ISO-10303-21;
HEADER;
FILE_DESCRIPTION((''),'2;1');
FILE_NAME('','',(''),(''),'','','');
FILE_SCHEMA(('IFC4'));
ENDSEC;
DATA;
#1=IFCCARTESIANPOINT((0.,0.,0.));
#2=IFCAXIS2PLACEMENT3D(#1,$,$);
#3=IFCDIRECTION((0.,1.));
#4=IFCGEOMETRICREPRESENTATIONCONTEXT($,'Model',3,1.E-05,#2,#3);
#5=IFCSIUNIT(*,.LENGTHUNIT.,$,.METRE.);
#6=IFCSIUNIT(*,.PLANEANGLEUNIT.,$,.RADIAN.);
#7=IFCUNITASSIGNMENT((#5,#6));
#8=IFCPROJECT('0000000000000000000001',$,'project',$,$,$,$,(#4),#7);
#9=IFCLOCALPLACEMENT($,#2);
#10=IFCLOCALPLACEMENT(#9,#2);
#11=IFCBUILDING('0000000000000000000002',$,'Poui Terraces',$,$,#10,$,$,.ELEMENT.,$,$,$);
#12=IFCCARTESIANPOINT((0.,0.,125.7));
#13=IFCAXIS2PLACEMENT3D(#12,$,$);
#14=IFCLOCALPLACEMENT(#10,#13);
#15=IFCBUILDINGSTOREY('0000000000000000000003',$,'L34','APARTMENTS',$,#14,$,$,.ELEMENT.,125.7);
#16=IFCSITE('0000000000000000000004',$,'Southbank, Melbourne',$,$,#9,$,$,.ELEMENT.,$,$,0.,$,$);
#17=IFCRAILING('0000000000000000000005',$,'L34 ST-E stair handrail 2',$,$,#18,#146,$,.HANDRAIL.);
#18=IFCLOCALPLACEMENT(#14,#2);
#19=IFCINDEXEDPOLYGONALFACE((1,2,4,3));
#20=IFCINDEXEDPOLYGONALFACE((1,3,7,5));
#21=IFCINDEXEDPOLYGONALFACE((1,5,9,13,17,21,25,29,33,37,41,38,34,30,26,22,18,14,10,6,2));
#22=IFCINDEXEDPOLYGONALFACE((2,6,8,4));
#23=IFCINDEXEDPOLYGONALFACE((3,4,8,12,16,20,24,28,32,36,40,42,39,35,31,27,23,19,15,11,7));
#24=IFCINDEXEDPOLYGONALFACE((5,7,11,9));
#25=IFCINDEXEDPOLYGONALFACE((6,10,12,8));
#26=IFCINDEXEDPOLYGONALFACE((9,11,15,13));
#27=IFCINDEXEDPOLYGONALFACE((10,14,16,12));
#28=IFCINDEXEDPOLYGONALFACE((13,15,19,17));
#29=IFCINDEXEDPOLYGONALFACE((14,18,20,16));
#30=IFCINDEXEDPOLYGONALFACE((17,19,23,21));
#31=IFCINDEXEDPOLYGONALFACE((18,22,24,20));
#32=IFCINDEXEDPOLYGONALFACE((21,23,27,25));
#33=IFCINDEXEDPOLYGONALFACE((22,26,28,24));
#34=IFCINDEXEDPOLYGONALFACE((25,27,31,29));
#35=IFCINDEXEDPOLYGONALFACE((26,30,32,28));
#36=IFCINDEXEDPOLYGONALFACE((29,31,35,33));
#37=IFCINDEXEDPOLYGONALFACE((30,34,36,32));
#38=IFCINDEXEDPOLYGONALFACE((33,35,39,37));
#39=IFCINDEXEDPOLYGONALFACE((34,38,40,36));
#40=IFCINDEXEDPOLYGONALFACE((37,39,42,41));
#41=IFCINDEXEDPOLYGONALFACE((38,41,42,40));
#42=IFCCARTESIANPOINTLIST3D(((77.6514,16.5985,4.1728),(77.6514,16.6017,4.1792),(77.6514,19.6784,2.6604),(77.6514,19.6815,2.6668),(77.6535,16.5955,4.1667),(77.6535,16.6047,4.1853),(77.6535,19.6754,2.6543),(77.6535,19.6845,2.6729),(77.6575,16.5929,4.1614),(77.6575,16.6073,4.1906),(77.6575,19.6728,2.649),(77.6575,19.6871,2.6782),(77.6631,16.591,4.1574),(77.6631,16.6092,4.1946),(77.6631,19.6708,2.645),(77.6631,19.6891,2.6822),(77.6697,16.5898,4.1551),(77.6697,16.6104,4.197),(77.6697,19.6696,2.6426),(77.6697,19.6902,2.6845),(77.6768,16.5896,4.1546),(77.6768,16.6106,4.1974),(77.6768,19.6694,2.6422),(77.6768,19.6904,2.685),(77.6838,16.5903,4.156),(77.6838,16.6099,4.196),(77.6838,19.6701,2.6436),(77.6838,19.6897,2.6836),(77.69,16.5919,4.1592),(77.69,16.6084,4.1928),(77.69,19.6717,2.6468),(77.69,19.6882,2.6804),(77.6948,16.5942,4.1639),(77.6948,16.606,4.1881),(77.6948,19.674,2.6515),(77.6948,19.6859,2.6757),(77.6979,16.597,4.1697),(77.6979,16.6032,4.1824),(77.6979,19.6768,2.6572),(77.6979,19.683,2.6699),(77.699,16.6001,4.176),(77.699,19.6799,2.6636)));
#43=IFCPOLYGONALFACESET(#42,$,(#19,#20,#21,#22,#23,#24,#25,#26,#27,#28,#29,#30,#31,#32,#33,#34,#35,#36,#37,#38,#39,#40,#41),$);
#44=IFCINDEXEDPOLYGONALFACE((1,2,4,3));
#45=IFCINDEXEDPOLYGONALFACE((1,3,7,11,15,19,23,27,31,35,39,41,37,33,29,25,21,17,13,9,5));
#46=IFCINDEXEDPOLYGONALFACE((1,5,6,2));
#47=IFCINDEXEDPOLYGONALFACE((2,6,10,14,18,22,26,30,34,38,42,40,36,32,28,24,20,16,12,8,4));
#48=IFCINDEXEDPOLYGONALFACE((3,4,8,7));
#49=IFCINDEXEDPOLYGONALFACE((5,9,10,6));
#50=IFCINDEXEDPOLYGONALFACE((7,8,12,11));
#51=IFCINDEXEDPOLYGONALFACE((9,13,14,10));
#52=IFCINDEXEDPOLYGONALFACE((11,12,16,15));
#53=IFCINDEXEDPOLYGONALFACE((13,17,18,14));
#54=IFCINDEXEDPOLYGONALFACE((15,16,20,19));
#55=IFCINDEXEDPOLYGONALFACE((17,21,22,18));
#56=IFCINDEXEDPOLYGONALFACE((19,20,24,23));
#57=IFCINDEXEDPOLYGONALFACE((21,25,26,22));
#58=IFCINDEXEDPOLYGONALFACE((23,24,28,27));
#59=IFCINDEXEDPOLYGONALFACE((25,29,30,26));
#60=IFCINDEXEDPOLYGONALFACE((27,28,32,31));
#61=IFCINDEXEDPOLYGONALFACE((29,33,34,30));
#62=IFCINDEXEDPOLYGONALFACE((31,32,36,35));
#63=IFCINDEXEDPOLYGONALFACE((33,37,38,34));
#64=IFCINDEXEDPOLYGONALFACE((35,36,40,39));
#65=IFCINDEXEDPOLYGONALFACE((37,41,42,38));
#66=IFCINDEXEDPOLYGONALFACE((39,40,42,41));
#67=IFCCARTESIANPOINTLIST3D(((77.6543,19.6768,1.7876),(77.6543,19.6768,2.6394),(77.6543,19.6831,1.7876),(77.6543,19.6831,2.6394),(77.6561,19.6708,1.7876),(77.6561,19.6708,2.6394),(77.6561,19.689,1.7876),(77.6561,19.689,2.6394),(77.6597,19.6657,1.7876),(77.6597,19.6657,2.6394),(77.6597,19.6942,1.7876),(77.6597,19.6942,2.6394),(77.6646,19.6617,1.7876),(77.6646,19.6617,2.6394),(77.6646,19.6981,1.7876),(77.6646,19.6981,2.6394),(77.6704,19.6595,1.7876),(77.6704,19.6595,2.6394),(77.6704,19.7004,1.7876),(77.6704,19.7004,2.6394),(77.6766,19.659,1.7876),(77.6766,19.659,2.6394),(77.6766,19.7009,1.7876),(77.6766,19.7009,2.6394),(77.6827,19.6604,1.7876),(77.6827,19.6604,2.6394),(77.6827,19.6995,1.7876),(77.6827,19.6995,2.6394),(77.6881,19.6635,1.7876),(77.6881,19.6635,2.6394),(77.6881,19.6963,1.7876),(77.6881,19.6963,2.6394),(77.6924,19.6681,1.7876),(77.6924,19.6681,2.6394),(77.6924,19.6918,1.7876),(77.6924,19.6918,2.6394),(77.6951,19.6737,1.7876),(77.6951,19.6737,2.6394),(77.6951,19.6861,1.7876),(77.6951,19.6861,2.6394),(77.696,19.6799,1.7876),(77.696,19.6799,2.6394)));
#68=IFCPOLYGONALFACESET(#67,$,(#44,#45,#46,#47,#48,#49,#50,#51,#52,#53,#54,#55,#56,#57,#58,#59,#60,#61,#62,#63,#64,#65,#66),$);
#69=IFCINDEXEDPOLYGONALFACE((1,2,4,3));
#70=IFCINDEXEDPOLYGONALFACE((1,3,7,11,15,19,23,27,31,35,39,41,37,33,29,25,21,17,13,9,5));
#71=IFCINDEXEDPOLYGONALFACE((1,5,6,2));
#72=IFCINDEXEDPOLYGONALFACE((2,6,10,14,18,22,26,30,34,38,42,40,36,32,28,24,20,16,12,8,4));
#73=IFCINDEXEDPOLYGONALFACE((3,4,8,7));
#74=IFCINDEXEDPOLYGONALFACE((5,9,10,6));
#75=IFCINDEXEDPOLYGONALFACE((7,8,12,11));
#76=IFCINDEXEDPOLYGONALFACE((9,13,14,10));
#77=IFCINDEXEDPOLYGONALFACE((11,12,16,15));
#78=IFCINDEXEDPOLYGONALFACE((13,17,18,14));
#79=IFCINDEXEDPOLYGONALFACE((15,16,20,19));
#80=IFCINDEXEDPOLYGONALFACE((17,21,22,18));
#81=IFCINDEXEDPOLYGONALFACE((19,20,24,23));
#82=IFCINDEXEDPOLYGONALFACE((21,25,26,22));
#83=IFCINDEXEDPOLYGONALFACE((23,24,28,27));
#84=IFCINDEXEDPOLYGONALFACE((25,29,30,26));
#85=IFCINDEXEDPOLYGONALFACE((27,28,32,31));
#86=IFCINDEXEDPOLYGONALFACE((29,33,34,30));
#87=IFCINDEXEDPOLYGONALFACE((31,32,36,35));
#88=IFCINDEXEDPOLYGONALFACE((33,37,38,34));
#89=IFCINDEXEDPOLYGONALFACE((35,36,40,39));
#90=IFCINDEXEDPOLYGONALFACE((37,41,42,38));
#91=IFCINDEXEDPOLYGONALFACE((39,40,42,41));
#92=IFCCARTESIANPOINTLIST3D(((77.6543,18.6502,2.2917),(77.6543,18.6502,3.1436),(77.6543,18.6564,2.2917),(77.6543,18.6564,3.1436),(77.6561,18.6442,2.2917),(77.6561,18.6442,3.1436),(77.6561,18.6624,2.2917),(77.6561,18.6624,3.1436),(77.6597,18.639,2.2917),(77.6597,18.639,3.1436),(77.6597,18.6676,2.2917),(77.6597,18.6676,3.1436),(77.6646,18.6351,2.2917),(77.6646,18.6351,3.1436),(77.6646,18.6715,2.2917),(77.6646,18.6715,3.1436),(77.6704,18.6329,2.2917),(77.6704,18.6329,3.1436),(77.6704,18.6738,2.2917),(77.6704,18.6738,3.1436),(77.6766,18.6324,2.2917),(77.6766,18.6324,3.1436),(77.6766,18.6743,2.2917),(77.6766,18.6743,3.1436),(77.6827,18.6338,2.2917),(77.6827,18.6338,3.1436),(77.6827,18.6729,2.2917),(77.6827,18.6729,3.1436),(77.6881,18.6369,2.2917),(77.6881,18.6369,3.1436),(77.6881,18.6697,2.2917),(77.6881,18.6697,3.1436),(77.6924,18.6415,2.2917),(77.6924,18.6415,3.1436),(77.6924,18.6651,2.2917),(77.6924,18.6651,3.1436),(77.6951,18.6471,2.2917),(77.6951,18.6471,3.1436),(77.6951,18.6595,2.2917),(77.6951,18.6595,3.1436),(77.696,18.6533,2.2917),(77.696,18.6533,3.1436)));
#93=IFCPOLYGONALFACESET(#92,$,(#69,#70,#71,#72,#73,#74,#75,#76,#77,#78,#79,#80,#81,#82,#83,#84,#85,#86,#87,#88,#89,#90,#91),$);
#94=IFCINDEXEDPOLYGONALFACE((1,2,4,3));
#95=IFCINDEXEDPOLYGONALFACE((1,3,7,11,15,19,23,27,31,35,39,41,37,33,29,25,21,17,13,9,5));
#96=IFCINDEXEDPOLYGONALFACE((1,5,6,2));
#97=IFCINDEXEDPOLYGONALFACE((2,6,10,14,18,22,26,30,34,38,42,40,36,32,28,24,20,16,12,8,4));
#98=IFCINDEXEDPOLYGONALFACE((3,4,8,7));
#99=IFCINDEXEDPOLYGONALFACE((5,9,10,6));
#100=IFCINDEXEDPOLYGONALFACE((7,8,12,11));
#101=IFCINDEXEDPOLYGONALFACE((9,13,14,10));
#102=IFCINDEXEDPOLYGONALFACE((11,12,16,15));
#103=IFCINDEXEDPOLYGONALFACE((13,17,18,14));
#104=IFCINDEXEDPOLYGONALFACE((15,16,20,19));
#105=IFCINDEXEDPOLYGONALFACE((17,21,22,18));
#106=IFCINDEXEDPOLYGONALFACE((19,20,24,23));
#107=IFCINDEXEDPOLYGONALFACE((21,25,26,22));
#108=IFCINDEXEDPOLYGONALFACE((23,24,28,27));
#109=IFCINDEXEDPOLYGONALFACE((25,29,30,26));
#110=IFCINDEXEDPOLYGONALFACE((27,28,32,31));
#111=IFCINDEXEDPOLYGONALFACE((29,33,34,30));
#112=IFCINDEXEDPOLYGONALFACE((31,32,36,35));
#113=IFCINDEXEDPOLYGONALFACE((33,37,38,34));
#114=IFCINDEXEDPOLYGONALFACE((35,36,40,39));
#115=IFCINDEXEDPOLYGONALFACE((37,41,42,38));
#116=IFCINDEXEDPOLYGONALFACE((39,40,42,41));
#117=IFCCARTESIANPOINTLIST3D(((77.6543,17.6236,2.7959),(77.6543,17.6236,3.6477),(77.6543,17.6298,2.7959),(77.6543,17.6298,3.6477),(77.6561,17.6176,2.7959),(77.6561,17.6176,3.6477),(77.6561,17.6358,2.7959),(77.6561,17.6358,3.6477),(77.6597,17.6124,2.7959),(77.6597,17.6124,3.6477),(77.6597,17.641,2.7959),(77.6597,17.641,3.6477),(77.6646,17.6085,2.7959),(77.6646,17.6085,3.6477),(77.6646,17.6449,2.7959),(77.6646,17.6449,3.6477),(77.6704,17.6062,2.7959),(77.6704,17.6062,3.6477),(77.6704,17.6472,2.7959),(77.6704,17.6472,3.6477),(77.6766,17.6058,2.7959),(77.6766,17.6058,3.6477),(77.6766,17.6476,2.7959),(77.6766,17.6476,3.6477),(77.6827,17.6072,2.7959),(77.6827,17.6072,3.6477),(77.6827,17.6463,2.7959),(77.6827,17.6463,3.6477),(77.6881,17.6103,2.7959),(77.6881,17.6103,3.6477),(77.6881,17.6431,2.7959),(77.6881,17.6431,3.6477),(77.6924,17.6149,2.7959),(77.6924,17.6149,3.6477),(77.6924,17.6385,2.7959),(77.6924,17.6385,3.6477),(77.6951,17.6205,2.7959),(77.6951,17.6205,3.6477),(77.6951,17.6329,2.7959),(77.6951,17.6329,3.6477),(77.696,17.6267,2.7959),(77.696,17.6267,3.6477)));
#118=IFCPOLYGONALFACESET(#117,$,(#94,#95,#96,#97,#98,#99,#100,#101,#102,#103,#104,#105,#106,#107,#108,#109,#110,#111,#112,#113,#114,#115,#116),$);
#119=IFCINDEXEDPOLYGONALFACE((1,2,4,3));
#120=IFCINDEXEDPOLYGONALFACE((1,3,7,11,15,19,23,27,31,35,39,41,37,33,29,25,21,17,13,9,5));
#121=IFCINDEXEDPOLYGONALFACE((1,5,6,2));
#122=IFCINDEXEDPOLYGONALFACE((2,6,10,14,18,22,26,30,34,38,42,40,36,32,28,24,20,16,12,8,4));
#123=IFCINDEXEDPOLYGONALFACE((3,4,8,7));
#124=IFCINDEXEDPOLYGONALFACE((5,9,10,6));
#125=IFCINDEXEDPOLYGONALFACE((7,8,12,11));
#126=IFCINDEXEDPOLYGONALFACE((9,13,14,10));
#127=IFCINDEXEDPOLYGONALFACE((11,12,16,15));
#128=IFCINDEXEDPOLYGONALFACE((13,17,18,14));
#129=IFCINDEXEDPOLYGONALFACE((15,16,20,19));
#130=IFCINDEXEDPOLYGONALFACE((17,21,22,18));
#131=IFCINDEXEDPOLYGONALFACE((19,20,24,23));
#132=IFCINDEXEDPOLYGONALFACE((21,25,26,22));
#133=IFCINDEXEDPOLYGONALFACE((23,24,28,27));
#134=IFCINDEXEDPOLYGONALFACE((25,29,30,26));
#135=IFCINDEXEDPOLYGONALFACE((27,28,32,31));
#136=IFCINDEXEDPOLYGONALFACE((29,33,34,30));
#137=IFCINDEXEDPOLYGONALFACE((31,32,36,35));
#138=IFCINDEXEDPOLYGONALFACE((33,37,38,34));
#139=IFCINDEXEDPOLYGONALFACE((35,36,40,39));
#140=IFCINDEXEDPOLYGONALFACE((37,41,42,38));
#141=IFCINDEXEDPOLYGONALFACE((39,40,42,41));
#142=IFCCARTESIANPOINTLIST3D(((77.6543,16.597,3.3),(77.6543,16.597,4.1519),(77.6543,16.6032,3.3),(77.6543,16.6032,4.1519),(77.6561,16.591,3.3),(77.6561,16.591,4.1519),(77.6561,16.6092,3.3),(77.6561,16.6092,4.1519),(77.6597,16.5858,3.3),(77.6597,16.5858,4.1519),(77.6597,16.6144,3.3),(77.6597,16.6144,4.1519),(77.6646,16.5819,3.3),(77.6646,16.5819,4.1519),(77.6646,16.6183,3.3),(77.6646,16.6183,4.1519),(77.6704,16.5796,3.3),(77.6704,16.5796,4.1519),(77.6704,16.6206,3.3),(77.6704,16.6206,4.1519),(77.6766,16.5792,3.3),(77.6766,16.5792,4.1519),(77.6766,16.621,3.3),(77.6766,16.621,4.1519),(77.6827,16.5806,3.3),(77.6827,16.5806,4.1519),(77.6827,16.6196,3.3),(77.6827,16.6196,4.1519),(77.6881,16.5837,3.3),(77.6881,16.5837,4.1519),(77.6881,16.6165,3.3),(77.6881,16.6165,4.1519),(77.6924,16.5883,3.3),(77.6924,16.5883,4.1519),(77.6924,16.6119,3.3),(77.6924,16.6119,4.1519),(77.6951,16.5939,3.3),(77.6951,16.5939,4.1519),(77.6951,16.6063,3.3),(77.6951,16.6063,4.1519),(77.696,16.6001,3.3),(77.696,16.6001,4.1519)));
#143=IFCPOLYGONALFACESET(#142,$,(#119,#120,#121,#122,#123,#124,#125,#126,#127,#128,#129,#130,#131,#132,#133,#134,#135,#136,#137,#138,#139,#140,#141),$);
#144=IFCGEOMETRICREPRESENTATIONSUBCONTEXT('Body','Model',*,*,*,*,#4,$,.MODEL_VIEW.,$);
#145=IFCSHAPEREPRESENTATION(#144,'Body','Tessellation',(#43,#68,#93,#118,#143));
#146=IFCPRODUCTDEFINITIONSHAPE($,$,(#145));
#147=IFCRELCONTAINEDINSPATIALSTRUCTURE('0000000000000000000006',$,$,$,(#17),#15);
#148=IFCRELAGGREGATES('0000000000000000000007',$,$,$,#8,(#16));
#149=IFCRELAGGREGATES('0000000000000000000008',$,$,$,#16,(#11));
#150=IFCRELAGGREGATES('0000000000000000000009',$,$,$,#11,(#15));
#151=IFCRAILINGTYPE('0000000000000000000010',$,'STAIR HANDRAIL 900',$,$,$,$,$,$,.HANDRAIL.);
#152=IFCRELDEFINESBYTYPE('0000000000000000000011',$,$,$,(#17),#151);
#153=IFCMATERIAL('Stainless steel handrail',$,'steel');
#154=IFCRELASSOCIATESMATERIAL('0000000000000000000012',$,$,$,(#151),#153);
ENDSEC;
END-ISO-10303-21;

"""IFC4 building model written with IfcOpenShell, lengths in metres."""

from ifc_helpers import new_model, si_unit, direction, frame, origin, origin_2d, place, context, subcontext, project, spatial, circle, extrude, material, type_object, element, save


model = new_model("IFC4")

# Units and contexts
model_context = context("Model", 3, precision=1e-05, world=origin(), true_north=direction((0.0, 1.0)))
body_context = subcontext(model_context, "Body", "Model", "MODEL_VIEW")
ifc_project = project(units=[si_unit("LENGTHUNIT", "METRE"), si_unit("PLANEANGLEUNIT", "RADIAN")], contexts=[model_context])

# Site, building, storey
site_placement = place(None, origin())
site = spatial("IfcSite", under=ifc_project, at=site_placement, Name="Southbank, Melbourne", CompositionType="ELEMENT", RefElevation=0.0)
building_placement = place(site_placement, origin())
building = spatial("IfcBuilding", under=site, at=building_placement, Name="Poui Terraces", CompositionType="ELEMENT")
storey_placement = place(building_placement, frame((0.0, 0.0, 125.7)))
storey = spatial("IfcBuildingStorey", under=building, at=storey_placement, Name="L34", Description="APARTMENTS", CompositionType="ELEMENT", Elevation=125.7)

# Railing
ifc_material_1 = material(Name="Stainless steel handrail", Category="steel")
railing_type_1 = type_object("IfcRailingType", Name="STAIR HANDRAIL 900", PredefinedType="HANDRAIL", material=ifc_material_1)
for number, where, name in (
    (1, (77.675, 19.6799, 1.7876), "L34 ST-E stair handrail 2"),
):
    element("IfcRailing", number, at=place(storey_placement, frame(where)), inside=storey, type_object=railing_type_1, Name=name, PredefinedType="HANDRAIL", context=body_context, shape_type="SweptSolid", body=[
        extrude(circle(Radius=0.0239, at=origin_2d()), frame((0.0, 0.0, 0.876), z_axis=(0.0, -0.897606, 0.440798), x_axis=(1.0, 0.0, 0.0)), (0.0, 0.0, 1.0), 3.4312),
        extrude(circle(Radius=0.021, at=origin_2d()), origin(), (0.0, 0.0, 1.0), 0.8518),
        extrude(circle(Radius=0.021, at=origin_2d()), frame((0.0, -1.0266, 0.5042)), (0.0, 0.0, 1.0), 0.8518),
        extrude(circle(Radius=0.021, at=origin_2d()), frame((0.0, -2.0532, 1.0083)), (0.0, 0.0, 1.0), 0.8518),
        extrude(circle(Radius=0.021, at=origin_2d()), frame((0.0, -3.0798, 1.5125)), (0.0, 0.0, 1.0), 0.8518),
    ])

save(model, "model.ifc")
